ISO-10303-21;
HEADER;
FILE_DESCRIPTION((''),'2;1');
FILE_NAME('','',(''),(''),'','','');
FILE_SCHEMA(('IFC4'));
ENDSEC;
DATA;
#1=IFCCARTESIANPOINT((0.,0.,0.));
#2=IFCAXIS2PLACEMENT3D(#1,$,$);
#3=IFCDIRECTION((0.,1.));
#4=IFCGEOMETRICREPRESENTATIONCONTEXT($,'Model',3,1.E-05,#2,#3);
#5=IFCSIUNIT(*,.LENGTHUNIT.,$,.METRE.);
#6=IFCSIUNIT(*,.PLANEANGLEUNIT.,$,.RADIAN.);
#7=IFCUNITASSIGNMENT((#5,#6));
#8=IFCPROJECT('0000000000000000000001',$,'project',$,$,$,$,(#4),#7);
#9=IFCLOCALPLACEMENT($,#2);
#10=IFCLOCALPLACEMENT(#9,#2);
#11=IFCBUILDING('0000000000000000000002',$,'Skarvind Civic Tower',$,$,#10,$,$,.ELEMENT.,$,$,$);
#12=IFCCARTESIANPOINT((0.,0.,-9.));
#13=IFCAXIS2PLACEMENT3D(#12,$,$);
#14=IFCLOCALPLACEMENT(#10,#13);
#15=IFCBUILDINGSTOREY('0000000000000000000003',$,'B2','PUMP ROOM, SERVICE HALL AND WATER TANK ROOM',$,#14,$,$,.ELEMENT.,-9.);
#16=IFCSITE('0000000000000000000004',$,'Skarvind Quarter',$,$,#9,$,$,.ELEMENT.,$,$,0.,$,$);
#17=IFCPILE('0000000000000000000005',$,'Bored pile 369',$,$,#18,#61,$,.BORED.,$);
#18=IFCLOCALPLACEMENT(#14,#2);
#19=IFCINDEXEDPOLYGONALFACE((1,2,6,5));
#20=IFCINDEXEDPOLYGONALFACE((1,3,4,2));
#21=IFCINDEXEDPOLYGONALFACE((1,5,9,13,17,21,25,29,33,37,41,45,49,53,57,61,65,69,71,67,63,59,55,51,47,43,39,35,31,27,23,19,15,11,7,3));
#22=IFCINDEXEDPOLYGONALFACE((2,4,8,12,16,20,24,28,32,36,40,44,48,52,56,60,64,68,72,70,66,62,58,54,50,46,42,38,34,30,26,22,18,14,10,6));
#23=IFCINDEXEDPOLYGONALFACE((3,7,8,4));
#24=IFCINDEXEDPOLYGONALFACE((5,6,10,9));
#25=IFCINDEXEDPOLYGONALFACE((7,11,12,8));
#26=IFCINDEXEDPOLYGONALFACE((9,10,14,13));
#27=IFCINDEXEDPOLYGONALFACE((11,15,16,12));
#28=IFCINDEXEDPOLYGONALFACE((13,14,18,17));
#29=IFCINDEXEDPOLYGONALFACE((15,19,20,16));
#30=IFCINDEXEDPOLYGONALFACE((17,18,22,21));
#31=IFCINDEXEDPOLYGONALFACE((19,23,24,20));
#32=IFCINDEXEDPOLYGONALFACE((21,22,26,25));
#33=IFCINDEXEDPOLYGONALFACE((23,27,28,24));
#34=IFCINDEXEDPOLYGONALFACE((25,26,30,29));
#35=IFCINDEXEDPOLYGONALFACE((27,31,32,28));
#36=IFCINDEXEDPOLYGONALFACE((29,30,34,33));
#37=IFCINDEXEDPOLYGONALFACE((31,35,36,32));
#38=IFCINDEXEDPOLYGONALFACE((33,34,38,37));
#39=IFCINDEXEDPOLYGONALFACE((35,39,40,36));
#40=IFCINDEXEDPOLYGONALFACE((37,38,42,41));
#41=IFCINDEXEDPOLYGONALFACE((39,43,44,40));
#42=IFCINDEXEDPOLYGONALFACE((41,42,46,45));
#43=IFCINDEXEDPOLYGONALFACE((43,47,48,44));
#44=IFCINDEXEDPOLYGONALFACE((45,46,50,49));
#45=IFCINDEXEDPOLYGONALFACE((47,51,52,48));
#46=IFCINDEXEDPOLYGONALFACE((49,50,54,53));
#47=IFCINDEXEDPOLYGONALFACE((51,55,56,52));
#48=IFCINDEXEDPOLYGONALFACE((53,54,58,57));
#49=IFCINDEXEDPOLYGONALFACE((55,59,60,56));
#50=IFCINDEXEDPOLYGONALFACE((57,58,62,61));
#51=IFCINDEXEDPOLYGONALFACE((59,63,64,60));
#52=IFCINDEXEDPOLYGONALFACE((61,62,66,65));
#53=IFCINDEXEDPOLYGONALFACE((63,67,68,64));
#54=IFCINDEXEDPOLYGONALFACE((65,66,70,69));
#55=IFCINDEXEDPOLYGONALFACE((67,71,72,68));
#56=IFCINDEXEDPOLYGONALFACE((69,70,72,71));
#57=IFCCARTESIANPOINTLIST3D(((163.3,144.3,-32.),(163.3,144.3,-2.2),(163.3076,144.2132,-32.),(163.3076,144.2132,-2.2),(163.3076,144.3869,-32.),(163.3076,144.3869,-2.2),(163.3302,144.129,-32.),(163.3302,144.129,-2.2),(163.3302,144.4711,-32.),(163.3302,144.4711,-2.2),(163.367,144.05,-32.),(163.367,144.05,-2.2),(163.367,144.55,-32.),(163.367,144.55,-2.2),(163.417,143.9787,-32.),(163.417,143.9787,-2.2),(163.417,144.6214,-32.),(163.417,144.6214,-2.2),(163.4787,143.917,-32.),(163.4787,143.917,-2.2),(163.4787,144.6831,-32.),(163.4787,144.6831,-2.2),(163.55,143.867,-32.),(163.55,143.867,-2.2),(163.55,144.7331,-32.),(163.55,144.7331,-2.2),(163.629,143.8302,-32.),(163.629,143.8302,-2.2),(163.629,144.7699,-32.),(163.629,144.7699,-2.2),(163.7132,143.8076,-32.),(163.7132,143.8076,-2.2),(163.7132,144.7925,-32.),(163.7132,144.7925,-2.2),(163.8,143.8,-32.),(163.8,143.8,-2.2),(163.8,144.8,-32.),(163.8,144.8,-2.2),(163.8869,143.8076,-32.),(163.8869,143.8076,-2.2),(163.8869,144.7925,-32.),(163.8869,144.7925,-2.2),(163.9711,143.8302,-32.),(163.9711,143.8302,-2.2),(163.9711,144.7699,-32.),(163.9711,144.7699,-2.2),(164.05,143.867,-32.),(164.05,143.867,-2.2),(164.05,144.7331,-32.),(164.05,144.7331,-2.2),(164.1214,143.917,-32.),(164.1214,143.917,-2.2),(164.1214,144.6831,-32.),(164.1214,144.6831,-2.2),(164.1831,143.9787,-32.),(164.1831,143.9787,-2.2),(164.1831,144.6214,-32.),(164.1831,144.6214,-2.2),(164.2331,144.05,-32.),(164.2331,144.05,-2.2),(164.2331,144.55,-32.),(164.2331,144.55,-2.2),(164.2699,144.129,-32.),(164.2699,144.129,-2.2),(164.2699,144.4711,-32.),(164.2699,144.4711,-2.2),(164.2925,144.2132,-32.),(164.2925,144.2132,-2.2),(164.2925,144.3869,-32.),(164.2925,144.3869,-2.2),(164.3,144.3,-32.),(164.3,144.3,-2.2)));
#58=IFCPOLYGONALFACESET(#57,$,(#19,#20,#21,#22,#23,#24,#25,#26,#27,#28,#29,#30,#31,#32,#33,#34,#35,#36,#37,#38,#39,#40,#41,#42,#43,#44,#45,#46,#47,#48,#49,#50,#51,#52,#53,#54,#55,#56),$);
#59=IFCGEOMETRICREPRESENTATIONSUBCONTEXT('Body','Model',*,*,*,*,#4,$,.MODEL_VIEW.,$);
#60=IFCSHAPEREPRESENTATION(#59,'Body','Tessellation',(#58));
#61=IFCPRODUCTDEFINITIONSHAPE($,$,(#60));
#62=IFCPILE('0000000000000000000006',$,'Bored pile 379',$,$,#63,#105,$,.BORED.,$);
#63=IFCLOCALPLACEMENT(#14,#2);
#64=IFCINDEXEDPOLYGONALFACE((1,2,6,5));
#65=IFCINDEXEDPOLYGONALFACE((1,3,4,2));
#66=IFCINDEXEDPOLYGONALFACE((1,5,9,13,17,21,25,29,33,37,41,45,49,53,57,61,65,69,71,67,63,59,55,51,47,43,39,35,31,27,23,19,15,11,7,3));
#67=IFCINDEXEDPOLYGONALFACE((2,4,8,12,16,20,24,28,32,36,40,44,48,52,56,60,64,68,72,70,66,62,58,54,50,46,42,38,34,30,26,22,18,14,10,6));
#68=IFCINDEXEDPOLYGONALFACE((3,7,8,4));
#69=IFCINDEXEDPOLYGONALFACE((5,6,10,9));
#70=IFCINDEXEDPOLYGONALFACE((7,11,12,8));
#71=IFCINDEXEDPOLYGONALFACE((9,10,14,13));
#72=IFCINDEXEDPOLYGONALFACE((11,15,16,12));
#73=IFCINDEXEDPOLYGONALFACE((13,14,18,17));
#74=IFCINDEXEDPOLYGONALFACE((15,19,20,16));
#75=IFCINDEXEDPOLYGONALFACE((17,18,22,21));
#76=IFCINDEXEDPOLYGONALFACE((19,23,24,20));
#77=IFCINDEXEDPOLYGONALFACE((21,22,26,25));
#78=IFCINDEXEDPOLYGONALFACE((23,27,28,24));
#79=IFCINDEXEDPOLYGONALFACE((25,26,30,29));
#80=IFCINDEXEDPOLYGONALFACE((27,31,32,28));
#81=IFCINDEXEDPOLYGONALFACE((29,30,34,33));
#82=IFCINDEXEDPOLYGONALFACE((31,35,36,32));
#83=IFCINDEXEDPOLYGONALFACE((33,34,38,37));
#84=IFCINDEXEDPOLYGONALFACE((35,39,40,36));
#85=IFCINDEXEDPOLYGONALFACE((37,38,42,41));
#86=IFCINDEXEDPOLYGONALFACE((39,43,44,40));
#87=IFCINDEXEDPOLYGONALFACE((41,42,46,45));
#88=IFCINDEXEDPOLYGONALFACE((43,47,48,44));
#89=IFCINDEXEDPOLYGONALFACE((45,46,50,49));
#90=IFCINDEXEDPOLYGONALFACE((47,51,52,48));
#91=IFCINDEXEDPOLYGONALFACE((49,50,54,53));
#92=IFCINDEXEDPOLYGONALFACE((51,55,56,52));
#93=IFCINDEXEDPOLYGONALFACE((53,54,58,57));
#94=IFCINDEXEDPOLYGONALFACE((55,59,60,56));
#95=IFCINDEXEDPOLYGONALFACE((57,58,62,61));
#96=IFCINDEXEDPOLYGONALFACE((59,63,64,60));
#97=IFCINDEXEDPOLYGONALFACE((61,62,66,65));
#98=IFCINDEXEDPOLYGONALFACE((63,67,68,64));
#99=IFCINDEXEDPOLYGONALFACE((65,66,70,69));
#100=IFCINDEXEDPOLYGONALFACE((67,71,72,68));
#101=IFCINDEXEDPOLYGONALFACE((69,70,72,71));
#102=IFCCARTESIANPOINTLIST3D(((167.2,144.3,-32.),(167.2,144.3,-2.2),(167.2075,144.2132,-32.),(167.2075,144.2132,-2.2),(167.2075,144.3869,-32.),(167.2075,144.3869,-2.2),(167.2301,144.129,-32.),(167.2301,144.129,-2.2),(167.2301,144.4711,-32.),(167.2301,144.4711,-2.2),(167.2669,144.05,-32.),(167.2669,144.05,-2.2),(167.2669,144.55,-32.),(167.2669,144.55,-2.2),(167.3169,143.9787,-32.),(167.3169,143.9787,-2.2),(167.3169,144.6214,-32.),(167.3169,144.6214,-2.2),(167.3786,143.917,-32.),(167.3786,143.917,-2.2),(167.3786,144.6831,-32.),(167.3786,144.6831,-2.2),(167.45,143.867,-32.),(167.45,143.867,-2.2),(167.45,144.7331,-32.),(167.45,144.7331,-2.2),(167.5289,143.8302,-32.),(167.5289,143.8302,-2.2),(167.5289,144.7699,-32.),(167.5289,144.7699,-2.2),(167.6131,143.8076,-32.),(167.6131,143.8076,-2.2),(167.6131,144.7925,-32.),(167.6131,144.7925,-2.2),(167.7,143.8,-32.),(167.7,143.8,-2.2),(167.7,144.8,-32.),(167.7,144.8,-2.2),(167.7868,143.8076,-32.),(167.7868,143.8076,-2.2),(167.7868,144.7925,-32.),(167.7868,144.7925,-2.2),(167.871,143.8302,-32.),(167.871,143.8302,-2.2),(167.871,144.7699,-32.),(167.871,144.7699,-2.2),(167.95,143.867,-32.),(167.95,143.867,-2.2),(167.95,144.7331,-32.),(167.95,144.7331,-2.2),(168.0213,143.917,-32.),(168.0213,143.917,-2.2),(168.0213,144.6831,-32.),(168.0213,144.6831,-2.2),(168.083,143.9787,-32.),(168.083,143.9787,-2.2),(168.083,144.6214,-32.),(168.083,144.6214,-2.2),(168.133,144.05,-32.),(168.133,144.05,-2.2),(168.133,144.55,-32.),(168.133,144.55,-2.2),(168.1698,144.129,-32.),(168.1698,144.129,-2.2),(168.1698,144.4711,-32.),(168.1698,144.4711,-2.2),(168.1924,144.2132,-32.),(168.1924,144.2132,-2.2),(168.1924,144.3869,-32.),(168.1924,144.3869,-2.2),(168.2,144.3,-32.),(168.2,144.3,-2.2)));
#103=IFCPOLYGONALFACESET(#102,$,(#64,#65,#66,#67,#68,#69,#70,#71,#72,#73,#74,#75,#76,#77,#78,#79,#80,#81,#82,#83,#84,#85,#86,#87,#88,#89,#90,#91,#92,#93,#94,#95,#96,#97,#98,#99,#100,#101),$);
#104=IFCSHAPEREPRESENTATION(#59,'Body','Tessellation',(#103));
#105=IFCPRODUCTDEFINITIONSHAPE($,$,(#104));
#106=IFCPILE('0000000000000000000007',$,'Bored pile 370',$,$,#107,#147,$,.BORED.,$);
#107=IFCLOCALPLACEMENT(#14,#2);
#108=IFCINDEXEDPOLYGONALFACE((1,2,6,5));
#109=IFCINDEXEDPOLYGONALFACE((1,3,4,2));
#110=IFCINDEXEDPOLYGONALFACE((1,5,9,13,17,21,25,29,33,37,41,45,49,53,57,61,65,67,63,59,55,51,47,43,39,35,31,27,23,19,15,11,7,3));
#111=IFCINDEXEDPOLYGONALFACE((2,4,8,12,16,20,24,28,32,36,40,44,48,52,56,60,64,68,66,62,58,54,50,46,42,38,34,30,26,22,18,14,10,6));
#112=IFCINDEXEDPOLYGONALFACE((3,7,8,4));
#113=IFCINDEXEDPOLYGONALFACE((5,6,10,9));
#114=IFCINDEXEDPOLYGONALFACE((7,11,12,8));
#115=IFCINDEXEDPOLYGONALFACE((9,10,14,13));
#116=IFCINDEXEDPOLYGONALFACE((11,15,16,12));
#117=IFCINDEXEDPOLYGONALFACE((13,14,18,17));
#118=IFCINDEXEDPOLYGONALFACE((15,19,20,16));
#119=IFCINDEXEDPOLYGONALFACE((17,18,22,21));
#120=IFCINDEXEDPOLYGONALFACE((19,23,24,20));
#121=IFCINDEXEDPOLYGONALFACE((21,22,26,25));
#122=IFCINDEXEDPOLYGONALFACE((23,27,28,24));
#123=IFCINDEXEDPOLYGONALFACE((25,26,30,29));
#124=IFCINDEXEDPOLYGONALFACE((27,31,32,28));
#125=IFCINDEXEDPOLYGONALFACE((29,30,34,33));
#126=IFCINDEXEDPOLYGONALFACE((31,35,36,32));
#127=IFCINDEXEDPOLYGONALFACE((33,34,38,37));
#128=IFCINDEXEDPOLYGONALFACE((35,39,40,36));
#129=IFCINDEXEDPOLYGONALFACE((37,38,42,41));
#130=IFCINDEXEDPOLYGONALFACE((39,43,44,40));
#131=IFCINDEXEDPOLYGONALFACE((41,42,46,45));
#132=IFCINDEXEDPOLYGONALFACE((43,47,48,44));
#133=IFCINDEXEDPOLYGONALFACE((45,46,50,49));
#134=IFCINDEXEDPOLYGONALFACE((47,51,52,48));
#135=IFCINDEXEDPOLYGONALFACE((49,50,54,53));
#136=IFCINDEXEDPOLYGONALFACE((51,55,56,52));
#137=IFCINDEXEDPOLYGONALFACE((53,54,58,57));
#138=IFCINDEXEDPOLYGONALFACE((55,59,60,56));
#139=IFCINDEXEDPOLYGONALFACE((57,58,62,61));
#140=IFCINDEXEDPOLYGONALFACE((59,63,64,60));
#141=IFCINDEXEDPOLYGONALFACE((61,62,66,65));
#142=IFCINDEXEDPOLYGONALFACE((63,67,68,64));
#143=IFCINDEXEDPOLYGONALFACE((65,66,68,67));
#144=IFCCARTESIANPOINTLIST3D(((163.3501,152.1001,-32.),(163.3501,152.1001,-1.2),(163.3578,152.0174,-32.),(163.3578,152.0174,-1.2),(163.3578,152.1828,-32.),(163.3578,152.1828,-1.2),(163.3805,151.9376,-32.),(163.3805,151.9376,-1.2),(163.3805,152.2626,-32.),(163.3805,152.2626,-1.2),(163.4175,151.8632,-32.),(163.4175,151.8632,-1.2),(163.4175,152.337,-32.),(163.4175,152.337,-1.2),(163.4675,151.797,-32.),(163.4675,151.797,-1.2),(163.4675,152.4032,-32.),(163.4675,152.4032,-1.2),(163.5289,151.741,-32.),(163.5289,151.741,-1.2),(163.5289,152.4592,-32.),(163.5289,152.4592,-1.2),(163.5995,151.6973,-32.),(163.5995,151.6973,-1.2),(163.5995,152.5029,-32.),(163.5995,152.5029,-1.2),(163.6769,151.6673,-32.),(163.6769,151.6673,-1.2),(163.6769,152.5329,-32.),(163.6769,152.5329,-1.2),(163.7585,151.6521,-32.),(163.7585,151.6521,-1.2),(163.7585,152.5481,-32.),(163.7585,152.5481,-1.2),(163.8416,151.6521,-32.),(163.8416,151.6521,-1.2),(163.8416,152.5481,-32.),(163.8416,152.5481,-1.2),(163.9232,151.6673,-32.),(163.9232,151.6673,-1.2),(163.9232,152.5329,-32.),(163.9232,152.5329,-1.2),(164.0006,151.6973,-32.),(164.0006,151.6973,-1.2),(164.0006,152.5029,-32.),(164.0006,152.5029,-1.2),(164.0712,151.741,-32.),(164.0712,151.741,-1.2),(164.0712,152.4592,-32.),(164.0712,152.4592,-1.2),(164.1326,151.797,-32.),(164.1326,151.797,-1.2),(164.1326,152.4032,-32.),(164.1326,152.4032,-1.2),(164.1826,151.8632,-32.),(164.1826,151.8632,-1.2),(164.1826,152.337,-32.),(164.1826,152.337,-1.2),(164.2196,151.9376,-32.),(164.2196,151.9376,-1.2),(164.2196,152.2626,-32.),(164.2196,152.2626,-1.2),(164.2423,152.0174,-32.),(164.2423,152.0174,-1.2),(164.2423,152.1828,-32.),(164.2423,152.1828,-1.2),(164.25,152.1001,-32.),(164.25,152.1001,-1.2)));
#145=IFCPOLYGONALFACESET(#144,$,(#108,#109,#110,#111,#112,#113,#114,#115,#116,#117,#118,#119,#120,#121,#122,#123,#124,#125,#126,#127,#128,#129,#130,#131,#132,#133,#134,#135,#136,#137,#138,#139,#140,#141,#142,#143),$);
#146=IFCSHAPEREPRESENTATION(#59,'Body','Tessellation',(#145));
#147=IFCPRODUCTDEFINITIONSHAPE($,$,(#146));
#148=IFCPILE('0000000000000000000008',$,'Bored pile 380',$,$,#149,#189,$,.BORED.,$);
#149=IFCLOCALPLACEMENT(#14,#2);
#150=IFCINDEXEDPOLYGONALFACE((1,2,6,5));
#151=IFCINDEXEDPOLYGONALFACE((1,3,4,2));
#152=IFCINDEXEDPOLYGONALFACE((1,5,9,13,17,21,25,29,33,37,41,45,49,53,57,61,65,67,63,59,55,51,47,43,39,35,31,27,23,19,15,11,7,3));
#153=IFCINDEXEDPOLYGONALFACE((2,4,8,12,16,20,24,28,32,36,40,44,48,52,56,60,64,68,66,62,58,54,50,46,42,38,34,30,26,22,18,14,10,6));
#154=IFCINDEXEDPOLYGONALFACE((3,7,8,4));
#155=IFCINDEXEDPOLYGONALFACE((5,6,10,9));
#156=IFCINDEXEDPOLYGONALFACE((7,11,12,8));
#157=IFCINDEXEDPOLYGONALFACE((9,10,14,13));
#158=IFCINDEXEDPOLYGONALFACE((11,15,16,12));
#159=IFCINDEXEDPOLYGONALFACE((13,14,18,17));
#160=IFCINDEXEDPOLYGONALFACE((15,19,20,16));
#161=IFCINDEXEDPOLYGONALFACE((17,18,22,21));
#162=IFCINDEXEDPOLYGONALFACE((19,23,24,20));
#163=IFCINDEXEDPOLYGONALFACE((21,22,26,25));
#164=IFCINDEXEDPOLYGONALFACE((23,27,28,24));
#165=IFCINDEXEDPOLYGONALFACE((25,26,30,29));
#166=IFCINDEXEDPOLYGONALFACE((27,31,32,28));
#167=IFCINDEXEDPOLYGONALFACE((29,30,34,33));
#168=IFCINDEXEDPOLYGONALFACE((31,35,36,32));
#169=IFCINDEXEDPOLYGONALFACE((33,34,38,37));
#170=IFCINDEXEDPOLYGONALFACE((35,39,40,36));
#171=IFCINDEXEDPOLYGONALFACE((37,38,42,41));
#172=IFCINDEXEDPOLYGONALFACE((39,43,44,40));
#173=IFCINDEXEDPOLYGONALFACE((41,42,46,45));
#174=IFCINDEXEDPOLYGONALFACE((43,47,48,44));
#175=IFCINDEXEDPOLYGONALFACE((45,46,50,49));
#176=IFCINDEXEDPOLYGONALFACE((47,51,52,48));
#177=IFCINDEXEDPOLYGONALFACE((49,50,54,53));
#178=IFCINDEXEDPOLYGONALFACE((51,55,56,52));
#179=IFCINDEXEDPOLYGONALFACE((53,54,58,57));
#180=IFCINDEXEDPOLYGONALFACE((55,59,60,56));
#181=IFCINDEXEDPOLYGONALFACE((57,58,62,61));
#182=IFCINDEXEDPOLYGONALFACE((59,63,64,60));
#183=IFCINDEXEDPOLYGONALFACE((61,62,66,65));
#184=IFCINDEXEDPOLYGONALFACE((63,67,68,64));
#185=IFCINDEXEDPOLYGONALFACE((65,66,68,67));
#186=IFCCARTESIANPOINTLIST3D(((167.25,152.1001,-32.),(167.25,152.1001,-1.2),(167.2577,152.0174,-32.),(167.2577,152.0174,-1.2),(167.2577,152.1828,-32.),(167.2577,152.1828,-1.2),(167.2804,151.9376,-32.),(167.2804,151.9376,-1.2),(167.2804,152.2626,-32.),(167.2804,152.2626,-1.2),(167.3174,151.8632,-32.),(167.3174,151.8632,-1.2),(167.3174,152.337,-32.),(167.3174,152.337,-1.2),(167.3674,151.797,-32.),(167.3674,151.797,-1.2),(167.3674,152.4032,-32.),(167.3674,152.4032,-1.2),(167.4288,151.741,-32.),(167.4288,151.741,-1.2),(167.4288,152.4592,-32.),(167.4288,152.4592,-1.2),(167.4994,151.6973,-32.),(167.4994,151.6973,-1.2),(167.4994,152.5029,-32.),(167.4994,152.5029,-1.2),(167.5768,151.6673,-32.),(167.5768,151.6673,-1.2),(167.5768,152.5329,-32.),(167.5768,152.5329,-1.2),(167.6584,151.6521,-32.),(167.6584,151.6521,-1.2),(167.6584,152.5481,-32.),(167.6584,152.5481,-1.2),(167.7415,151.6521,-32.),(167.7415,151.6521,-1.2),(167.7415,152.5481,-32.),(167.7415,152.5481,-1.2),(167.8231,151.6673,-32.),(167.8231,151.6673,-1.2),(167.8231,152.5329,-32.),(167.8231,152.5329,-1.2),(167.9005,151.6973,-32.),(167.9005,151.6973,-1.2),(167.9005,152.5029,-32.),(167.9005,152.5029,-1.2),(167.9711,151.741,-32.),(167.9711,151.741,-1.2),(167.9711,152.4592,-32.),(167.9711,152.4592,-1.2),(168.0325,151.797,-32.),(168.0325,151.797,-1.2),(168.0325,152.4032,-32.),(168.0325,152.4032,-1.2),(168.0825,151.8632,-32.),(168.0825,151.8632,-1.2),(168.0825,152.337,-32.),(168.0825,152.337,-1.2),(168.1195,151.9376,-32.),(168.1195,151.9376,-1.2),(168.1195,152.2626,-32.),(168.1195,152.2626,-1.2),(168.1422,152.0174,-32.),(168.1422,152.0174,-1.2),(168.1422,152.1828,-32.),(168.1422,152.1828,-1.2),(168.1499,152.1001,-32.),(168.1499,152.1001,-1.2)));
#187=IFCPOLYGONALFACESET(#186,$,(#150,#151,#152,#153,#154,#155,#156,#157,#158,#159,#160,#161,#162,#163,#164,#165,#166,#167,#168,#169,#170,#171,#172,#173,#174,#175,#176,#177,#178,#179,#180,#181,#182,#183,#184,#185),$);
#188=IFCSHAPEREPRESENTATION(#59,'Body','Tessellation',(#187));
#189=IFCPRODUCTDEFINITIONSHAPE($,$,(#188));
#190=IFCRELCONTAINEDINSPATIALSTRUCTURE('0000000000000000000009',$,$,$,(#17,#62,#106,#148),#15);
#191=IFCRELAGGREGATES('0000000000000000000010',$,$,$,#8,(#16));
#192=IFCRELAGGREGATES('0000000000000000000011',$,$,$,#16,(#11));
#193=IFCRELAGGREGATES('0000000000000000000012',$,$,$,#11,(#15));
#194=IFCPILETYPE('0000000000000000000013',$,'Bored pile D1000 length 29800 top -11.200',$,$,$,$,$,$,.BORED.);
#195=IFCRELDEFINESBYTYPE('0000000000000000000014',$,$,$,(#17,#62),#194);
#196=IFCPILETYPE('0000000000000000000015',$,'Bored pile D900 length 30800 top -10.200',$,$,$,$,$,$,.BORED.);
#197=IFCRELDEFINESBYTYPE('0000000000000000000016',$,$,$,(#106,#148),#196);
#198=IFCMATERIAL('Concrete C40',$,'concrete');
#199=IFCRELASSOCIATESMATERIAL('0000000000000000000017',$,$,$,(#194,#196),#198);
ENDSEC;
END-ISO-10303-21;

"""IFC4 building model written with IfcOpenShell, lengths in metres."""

from ifc_helpers import new_model, si_unit, direction, frame, origin, origin_2d, place, context, subcontext, project, spatial, circle, extrude, material, type_object, element, save


model = new_model("IFC4")

# Units and contexts
model_context = context("Model", 3, precision=1e-05, world=origin(), true_north=direction((0.0, 1.0)))
body_context = subcontext(model_context, "Body", "Model", "MODEL_VIEW")
ifc_project = project(units=[si_unit("LENGTHUNIT", "METRE"), si_unit("PLANEANGLEUNIT", "RADIAN")], contexts=[model_context])

# Site, building, storey
site_placement = place(None, origin())
site = spatial("IfcSite", under=ifc_project, at=site_placement, Name="Skarvind Quarter", CompositionType="ELEMENT", RefElevation=0.0)
building_placement = place(site_placement, origin())
building = spatial("IfcBuilding", under=site, at=building_placement, Name="Skarvind Civic Tower", CompositionType="ELEMENT")
storey_placement = place(building_placement, frame((0.0, 0.0, -9.0)))
storey = spatial("IfcBuildingStorey", under=building, at=storey_placement, Name="B2", Description="PUMP ROOM, SERVICE HALL AND WATER TANK ROOM", CompositionType="ELEMENT", Elevation=-9.0)

# Piles
ifc_material_1 = material(Name="Concrete C40", Category="concrete")
pile_type_1 = type_object("IfcPileType", Name="Bored pile D1000 length 29800 top -11.200", PredefinedType="BORED", material=ifc_material_1)
for number, where, z_axis, x_axis, name in (
    (1, (163.8, 144.3, -2.2), (0.0, 0.0, -1.0), (1.0, 0.0, 0.0), "Bored pile 369"),
    (2, (167.7, 144.3, -2.2), (0.0, 0.0, -1.0), (1.0, 0.0, 0.0), "Bored pile 379"),
):
    element("IfcPile", number, at=place(storey_placement, frame(where, z_axis=z_axis, x_axis=x_axis)), inside=storey, type_object=pile_type_1, Name=name, PredefinedType="BORED", context=body_context, shape_type="SweptSolid", body=[
        extrude(circle(Radius=0.5, at=origin_2d()), origin(), (0.0, 0.0, 1.0), 29.8),
    ])
pile_type_2 = type_object("IfcPileType", Name="Bored pile D900 length 30800 top -10.200", PredefinedType="BORED", material=ifc_material_1)
for number, where, z_axis, x_axis, name in (
    (3, (163.8, 152.1001, -1.2), (0.0, 0.0, -1.0), (1.0, 0.0, 0.0), "Bored pile 370"),
    (4, (167.7, 152.1001, -1.2), (0.0, 0.0, -1.0), (1.0, 0.0, 0.0), "Bored pile 380"),
):
    element("IfcPile", number, at=place(storey_placement, frame(where, z_axis=z_axis, x_axis=x_axis)), inside=storey, type_object=pile_type_2, Name=name, PredefinedType="BORED", context=body_context, shape_type="SweptSolid", body=[
        extrude(circle(Radius=0.45, at=origin_2d()), origin(), (0.0, 0.0, 1.0), 30.8),
    ])

save(model, "model.ifc")
